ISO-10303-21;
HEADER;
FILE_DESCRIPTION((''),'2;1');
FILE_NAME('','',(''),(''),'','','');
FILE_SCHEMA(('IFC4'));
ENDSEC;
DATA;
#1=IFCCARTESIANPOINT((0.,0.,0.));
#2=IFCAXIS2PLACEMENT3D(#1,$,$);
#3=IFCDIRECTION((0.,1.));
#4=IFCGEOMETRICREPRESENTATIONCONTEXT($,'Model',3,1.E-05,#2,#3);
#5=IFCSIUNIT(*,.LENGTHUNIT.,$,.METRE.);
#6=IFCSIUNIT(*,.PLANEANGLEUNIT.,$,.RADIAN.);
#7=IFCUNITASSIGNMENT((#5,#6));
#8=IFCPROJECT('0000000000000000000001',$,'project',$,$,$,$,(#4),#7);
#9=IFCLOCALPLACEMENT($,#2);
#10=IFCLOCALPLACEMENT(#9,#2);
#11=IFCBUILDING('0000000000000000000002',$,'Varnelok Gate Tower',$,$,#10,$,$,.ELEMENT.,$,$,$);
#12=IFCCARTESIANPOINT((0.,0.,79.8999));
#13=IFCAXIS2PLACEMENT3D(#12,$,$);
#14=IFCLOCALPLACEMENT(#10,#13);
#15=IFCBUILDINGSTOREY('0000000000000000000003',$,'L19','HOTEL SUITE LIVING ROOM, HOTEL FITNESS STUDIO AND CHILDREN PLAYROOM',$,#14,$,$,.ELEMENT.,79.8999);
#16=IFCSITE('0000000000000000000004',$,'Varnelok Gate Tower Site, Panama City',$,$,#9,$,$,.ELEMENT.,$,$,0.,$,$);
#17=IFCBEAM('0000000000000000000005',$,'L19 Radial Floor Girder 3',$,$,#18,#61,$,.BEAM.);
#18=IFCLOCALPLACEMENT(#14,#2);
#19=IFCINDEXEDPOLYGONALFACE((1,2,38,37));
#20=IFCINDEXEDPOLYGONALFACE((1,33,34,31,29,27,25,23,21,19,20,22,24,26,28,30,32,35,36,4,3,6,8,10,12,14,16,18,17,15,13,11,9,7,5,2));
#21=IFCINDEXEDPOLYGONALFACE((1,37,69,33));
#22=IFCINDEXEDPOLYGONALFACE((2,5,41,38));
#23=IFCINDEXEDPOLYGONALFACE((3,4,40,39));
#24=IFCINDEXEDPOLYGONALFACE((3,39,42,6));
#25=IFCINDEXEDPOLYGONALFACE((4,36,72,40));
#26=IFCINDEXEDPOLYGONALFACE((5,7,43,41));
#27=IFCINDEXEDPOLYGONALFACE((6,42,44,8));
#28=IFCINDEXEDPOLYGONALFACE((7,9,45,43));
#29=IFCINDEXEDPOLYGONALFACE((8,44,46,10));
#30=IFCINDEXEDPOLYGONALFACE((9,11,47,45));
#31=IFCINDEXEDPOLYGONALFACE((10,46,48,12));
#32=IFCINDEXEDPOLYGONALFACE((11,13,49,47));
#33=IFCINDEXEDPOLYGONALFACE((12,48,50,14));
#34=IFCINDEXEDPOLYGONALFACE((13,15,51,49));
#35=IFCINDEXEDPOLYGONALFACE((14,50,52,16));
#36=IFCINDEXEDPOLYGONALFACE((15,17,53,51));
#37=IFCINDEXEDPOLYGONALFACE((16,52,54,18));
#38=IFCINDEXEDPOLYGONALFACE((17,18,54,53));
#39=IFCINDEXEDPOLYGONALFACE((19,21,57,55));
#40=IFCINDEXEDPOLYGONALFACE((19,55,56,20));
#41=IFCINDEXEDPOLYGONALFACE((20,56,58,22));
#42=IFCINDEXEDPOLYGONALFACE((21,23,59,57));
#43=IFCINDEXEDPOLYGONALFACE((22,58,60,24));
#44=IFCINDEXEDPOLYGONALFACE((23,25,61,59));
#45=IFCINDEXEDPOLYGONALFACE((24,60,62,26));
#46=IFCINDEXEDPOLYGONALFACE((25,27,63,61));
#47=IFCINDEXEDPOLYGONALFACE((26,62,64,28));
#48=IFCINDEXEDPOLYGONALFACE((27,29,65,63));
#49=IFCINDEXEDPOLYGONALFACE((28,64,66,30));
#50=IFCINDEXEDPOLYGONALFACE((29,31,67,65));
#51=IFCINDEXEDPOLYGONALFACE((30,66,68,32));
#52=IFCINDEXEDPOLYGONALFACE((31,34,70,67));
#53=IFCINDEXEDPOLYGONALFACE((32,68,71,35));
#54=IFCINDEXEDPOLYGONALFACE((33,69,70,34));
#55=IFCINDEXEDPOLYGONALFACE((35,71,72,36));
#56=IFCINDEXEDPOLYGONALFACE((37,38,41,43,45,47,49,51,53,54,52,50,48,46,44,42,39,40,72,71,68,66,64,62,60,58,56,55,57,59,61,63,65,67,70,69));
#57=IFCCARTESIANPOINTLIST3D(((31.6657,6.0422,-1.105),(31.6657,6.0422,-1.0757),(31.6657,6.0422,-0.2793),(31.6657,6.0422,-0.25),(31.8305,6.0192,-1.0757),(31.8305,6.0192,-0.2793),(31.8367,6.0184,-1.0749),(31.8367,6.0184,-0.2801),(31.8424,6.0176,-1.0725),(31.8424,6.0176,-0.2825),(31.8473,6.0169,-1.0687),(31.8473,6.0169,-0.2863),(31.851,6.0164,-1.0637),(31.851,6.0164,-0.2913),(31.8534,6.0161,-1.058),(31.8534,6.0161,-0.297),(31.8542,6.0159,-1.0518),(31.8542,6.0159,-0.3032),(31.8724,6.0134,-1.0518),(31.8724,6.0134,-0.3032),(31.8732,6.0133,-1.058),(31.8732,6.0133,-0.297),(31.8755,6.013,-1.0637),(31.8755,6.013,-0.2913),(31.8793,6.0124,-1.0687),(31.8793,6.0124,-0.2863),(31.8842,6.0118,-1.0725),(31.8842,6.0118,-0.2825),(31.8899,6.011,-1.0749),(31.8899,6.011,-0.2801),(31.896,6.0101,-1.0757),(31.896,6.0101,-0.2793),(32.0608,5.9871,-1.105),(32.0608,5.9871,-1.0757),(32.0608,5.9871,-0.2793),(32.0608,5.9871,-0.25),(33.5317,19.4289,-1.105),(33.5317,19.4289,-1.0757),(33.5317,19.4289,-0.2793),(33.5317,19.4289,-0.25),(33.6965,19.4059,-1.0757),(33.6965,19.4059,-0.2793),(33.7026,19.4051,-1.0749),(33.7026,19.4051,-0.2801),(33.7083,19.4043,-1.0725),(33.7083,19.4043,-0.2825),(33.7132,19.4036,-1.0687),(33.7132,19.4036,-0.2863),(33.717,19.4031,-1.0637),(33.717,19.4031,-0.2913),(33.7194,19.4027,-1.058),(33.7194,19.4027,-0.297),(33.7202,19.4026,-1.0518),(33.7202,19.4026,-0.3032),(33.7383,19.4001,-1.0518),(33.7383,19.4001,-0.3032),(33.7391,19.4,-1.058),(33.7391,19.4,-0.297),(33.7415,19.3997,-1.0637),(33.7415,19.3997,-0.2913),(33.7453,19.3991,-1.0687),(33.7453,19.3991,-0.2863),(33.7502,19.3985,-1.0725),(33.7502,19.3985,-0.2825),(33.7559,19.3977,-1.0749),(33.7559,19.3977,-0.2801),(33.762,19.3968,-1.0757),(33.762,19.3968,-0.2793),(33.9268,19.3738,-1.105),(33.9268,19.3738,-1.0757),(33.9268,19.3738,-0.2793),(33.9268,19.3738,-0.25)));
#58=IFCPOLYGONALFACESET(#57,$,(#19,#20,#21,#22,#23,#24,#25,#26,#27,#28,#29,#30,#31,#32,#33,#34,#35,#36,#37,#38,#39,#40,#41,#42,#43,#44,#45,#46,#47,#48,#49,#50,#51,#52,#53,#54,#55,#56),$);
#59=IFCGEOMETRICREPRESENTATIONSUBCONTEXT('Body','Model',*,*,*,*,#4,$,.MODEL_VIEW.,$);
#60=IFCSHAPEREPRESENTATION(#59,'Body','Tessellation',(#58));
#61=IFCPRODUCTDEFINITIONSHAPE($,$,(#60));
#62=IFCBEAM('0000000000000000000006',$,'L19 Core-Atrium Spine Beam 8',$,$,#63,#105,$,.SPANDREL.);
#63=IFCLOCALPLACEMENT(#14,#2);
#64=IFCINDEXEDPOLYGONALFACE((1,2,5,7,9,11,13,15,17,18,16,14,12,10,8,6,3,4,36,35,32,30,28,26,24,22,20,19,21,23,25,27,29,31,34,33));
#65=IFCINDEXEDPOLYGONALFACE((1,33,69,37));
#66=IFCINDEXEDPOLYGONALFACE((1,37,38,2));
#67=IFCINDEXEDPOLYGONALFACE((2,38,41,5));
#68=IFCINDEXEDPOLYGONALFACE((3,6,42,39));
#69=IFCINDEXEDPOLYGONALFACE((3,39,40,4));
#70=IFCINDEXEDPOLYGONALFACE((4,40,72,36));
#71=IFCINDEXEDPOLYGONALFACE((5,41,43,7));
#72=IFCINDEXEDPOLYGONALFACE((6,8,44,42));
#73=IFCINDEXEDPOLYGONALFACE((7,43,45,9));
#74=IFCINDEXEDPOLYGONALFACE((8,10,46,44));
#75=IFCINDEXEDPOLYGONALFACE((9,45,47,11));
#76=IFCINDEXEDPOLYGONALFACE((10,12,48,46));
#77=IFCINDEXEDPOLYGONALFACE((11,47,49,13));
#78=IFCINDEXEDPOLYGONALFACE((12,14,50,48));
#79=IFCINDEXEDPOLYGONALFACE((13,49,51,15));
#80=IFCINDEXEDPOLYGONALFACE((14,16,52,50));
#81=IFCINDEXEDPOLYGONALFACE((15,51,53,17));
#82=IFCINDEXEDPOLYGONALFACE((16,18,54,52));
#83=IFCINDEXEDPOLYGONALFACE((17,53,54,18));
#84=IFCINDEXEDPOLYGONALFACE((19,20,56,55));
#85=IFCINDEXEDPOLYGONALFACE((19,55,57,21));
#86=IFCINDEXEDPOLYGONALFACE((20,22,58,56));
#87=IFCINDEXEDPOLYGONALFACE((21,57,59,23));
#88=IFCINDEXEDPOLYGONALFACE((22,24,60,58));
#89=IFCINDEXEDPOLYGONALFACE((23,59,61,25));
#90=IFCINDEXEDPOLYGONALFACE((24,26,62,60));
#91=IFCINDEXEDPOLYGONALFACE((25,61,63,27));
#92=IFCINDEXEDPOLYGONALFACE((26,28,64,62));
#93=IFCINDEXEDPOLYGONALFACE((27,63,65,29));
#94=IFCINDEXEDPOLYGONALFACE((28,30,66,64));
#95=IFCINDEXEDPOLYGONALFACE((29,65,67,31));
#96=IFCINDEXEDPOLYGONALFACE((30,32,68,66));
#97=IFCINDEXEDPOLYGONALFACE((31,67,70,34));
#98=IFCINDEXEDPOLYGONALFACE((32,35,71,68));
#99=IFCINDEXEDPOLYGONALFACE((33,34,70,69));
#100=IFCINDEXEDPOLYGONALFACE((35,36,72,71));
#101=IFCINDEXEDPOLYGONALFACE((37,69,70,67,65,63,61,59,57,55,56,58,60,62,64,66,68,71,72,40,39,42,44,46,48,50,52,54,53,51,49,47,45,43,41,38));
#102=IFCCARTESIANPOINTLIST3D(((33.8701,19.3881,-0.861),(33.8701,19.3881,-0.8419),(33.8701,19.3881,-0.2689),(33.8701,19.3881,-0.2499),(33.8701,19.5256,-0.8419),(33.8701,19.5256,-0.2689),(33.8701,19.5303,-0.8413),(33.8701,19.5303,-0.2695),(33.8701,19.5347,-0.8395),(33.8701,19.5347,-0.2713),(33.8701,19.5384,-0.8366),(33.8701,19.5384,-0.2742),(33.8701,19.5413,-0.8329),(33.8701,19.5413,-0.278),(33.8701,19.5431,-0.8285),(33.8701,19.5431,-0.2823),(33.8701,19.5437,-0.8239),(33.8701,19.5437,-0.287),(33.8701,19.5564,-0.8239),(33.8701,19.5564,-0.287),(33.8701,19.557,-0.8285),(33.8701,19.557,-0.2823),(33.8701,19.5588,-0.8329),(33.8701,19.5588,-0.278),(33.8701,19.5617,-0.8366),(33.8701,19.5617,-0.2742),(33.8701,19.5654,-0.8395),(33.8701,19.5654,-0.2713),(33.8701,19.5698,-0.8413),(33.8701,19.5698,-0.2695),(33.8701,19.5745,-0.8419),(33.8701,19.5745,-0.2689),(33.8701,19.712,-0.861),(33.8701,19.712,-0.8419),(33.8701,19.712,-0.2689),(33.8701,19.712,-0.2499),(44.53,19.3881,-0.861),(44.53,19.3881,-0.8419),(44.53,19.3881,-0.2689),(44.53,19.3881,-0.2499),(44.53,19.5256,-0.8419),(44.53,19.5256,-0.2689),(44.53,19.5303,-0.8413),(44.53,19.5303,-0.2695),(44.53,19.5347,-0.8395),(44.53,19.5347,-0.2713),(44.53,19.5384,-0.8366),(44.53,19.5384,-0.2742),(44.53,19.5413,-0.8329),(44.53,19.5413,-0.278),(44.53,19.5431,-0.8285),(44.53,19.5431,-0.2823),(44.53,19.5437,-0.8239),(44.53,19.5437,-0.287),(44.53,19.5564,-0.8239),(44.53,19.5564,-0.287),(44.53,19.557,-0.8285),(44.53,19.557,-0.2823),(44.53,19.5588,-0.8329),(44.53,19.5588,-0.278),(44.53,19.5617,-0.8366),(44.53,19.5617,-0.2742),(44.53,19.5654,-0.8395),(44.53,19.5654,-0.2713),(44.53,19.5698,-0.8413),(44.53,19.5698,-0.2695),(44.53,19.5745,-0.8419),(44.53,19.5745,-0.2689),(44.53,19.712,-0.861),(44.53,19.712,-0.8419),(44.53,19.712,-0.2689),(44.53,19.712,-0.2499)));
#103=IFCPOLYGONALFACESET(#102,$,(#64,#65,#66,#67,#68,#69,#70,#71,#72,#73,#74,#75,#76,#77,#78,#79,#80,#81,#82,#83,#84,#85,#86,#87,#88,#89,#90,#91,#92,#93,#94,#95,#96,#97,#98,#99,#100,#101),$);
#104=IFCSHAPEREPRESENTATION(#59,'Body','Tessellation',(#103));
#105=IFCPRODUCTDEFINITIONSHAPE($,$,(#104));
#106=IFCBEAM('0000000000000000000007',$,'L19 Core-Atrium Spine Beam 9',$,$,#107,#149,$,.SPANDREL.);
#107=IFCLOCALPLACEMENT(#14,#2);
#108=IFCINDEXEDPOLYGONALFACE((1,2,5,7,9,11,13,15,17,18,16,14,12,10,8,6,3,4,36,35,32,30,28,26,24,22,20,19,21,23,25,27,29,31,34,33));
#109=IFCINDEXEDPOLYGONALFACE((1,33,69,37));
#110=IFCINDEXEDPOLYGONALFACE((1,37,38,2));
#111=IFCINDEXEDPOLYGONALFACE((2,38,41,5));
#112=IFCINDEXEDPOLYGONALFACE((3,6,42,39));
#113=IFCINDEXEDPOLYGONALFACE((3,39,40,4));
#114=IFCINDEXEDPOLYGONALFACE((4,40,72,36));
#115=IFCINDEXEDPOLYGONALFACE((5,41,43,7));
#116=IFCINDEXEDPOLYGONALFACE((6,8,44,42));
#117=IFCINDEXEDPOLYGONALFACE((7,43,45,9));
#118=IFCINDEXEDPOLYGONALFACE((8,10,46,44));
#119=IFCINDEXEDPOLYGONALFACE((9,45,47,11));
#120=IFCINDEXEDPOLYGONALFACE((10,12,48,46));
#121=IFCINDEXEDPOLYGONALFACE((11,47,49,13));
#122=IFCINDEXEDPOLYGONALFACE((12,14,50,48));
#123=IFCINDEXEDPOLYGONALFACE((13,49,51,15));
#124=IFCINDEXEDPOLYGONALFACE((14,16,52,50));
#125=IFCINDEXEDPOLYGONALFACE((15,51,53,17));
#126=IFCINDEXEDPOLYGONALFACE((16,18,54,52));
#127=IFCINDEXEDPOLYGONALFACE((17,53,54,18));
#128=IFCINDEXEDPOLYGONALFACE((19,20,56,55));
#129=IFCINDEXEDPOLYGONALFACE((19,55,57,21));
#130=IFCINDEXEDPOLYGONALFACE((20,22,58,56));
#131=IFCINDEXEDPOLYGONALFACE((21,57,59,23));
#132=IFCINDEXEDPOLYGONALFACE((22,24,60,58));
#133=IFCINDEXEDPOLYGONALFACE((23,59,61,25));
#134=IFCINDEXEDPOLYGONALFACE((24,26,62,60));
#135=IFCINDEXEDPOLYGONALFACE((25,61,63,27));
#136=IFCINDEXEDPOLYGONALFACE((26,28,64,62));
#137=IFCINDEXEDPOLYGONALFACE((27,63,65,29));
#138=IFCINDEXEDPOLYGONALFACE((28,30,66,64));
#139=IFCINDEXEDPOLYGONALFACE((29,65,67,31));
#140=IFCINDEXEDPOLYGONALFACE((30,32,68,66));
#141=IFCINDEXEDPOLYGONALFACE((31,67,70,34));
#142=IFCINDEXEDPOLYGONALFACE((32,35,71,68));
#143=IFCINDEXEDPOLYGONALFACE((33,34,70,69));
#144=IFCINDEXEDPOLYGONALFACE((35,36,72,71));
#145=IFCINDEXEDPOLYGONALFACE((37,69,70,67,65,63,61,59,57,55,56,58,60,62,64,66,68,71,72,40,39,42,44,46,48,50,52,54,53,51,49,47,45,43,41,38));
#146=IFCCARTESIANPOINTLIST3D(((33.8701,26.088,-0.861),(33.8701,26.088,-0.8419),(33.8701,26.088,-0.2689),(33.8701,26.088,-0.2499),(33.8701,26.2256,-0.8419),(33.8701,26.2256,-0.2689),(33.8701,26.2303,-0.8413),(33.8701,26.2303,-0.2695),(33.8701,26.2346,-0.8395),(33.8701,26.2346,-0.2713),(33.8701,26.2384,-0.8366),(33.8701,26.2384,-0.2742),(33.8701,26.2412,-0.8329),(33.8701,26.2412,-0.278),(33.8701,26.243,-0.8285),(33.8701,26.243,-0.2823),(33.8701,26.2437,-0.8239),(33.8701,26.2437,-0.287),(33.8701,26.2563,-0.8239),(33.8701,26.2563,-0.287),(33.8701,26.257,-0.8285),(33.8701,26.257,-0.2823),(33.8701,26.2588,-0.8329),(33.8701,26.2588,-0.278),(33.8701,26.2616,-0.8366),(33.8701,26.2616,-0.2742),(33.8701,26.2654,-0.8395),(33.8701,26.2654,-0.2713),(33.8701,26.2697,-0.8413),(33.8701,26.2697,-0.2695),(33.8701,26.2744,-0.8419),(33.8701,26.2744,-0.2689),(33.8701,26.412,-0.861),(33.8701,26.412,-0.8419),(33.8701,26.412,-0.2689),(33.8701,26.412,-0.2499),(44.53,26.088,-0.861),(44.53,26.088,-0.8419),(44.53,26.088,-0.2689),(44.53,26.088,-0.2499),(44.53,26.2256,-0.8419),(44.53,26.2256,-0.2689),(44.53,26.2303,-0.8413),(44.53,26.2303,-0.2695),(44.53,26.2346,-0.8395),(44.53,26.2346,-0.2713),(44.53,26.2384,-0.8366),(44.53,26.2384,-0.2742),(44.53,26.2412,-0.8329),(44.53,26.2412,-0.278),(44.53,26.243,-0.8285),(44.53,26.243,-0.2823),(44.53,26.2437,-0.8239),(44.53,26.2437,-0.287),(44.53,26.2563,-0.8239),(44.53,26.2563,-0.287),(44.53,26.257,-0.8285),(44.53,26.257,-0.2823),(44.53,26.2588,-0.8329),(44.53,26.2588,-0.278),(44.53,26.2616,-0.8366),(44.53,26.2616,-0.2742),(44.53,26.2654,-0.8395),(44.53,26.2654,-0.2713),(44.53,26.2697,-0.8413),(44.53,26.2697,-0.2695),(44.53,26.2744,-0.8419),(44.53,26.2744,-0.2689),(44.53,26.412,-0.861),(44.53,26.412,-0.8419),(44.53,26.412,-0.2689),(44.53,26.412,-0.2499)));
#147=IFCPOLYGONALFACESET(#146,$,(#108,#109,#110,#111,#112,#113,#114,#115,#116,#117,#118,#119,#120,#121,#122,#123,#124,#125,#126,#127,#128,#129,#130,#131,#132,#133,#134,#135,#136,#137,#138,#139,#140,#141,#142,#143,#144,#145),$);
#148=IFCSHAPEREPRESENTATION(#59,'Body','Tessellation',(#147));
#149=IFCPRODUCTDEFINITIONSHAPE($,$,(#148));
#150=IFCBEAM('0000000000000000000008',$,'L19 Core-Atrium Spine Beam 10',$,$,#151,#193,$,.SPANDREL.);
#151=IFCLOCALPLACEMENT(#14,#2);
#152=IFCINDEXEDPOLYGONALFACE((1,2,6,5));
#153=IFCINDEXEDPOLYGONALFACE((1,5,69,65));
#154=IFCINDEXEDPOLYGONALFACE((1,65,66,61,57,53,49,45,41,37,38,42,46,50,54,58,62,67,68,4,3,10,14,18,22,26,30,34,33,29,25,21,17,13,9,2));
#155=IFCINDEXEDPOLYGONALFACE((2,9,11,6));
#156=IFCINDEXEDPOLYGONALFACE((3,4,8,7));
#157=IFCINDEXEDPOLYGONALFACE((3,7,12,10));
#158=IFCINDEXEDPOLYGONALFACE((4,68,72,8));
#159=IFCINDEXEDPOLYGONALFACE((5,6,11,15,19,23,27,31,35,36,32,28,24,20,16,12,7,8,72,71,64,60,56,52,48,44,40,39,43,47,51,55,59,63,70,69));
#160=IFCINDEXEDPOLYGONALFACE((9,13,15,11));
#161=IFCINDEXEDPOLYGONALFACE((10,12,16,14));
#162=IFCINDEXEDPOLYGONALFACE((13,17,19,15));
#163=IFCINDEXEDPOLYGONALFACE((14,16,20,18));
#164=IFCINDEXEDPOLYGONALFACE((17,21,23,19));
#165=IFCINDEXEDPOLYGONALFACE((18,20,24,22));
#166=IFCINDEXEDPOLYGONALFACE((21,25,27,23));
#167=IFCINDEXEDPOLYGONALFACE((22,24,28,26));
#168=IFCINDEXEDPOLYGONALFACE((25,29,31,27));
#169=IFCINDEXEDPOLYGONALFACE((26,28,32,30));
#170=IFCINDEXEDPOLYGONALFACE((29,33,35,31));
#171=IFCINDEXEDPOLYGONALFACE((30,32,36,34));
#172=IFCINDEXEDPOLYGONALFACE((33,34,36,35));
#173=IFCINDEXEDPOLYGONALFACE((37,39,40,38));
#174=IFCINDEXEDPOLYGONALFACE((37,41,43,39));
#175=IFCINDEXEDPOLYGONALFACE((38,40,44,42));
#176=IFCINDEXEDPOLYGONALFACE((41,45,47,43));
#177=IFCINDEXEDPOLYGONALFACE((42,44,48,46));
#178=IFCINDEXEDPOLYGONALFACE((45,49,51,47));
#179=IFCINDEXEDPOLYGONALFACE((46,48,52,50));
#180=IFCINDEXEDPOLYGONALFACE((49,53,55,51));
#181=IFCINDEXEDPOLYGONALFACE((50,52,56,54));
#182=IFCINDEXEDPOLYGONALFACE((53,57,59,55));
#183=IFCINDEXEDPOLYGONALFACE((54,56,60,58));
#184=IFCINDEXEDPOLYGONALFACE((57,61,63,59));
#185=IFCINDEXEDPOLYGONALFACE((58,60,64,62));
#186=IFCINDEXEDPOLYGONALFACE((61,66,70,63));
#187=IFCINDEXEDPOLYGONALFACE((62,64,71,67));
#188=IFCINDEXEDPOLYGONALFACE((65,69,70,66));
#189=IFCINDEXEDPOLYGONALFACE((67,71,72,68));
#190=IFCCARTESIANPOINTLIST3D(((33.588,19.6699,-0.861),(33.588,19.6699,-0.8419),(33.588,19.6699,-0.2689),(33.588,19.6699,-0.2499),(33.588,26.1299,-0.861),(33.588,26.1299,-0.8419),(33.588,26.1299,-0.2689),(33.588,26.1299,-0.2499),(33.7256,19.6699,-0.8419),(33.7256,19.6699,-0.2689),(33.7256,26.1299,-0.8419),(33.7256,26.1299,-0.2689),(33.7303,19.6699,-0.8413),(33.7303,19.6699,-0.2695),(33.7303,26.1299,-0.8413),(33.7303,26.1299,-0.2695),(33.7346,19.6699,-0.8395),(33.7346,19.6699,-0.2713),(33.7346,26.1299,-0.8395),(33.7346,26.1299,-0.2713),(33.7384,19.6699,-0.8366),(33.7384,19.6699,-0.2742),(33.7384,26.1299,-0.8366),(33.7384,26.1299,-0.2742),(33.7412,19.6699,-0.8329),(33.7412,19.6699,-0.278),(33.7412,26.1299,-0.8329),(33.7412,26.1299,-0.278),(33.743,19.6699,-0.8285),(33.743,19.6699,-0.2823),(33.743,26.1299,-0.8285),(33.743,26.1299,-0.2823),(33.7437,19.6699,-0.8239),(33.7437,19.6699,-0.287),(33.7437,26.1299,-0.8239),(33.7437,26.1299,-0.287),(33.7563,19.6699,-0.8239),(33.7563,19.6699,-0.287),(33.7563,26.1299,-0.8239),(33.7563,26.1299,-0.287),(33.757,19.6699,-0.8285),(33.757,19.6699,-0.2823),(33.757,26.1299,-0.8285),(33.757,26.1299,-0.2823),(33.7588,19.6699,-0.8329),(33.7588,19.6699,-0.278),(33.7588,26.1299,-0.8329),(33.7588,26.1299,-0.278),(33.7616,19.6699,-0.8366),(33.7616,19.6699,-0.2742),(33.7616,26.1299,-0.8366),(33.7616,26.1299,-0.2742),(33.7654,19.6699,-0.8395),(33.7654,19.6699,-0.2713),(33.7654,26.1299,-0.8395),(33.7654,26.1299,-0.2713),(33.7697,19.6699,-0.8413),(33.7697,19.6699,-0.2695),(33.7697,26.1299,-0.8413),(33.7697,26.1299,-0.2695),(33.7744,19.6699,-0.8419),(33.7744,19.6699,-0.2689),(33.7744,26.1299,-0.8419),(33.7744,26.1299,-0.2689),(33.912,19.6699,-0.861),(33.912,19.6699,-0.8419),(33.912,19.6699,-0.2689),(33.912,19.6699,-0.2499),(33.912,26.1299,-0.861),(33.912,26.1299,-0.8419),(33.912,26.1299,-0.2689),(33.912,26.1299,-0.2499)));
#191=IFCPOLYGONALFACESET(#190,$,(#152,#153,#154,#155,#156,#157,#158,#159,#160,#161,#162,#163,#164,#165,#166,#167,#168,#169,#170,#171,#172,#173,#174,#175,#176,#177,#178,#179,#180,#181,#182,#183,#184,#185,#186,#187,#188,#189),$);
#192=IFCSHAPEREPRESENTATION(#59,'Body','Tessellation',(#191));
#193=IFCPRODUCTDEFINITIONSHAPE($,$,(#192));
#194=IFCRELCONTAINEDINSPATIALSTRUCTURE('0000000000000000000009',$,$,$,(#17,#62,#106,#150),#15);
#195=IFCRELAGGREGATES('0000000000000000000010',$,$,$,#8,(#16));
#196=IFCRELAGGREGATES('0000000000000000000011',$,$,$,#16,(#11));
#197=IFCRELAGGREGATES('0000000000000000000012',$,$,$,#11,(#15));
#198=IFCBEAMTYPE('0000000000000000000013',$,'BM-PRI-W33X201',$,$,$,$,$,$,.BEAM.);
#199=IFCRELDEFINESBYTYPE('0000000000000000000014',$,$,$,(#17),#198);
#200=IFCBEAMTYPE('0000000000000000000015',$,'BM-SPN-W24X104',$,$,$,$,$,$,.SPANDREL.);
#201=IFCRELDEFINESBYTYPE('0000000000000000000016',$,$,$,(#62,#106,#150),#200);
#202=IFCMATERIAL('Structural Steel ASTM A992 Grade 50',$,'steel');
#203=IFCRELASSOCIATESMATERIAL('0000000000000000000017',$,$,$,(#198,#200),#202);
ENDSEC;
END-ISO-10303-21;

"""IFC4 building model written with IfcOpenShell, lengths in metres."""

from ifc_helpers import new_model, si_unit, direction, frame, origin, origin_2d, place, context, subcontext, project, spatial, i_section, extrude, material, material_profile, profile_set, type_object, element, save


model = new_model("IFC4")

# Units and contexts
model_context = context("Model", 3, precision=1e-05, world=origin(), true_north=direction((0.0, 1.0)))
body_context = subcontext(model_context, "Body", "Model", "MODEL_VIEW")
ifc_project = project(units=[si_unit("LENGTHUNIT", "METRE"), si_unit("PLANEANGLEUNIT", "RADIAN")], contexts=[model_context])

# Site, building, storey
site_placement = place(None, origin())
site = spatial("IfcSite", under=ifc_project, at=site_placement, Name="Varnelok Gate Tower Site, Panama City", CompositionType="ELEMENT", RefElevation=0.0)
building_placement = place(site_placement, origin())
building = spatial("IfcBuilding", under=site, at=building_placement, Name="Varnelok Gate Tower", CompositionType="ELEMENT")
storey_placement = place(building_placement, frame((0.0, 0.0, 79.8999)))
storey = spatial("IfcBuildingStorey", under=building, at=storey_placement, Name="L19", Description="HOTEL SUITE LIVING ROOM, HOTEL FITNESS STUDIO AND CHILDREN PLAYROOM", CompositionType="ELEMENT", Elevation=79.8999)

# Shared definitions
ifc_material_1 = material(Name="Structural Steel ASTM A992 Grade 50", Category="steel")

# Beams
ifc_material_profile_1 = material_profile(ifc_material_1, i_section(OverallWidth=0.3989, OverallDepth=0.855, WebThickness=0.0183, FlangeThickness=0.0293, FilletRadius=0.0239, at=origin_2d()), Name="W33X201")
ifc_profile_set_1 = profile_set([ifc_material_profile_1], Name="Structural Steel ASTM A992 Grade 50")
beam_type_1 = type_object("IfcBeamType", Name="BM-PRI-W33X201", PredefinedType="BEAM", material=ifc_profile_set_1)
beam_1_placement = place(storey_placement, frame((33.7292, 19.4014, -0.6775), z_axis=(-0.138055, -0.990425, 0.0), x_axis=(0.990425, -0.138055, 0.0)))
element("IfcBeam", 1, at=beam_1_placement, inside=storey, type_object=beam_type_1, Name="L19 Radial Floor Girder 3", PredefinedType="BEAM", context=body_context, shape_type="SweptSolid", body=[
    extrude(i_section(OverallWidth=0.3989, OverallDepth=0.855, WebThickness=0.0183, FlangeThickness=0.0293, FilletRadius=0.0239, at=origin_2d()), origin(), (0.0, 0.0, 1.0), 13.5161),
])
ifc_material_profile_2 = material_profile(ifc_material_1, i_section(OverallWidth=0.324, OverallDepth=0.6111, WebThickness=0.0127, FlangeThickness=0.019, FilletRadius=0.0181, at=origin_2d()), Name="W24X104")
ifc_profile_set_2 = profile_set([ifc_material_profile_2], Name="Structural Steel ASTM A992 Grade 50")
beam_type_2 = type_object("IfcBeamType", Name="BM-SPN-W24X104", PredefinedType="SPANDREL", material=ifc_profile_set_2)
for number, where, z_axis, x_axis, name in (
    (2, (33.8701, 19.55, -0.5554), (1.0, 0.0, 0.0), (0.0, 1.0, 0.0), "L19 Core-Atrium Spine Beam 8"),
    (3, (33.8701, 26.25, -0.5554), (1.0, 0.0, 0.0), (0.0, 1.0, 0.0), "L19 Core-Atrium Spine Beam 9"),
):
    element("IfcBeam", number, at=place(storey_placement, frame(where, z_axis=z_axis, x_axis=x_axis)), inside=storey, type_object=beam_type_2, Name=name, PredefinedType="SPANDREL", context=body_context, shape_type="SweptSolid", body=[
        extrude(i_section(OverallWidth=0.324, OverallDepth=0.6111, WebThickness=0.0127, FlangeThickness=0.019, FilletRadius=0.0181, at=origin_2d()), origin(), (0.0, 0.0, 1.0), 10.6599),
    ])
beam_2_placement = place(storey_placement, frame((33.75, 19.6699, -0.5554), z_axis=(0.0, 1.0, 0.0), x_axis=(-1.0, 0.0, 0.0)))
element("IfcBeam", 4, at=beam_2_placement, inside=storey, type_object=beam_type_2, Name="L19 Core-Atrium Spine Beam 10", PredefinedType="SPANDREL", context=body_context, shape_type="SweptSolid", body=[
    extrude(i_section(OverallWidth=0.324, OverallDepth=0.6111, WebThickness=0.0127, FlangeThickness=0.019, FilletRadius=0.0181, at=origin_2d()), origin(), (0.0, 0.0, 1.0), 6.46),
])

save(model, "model.ifc")
